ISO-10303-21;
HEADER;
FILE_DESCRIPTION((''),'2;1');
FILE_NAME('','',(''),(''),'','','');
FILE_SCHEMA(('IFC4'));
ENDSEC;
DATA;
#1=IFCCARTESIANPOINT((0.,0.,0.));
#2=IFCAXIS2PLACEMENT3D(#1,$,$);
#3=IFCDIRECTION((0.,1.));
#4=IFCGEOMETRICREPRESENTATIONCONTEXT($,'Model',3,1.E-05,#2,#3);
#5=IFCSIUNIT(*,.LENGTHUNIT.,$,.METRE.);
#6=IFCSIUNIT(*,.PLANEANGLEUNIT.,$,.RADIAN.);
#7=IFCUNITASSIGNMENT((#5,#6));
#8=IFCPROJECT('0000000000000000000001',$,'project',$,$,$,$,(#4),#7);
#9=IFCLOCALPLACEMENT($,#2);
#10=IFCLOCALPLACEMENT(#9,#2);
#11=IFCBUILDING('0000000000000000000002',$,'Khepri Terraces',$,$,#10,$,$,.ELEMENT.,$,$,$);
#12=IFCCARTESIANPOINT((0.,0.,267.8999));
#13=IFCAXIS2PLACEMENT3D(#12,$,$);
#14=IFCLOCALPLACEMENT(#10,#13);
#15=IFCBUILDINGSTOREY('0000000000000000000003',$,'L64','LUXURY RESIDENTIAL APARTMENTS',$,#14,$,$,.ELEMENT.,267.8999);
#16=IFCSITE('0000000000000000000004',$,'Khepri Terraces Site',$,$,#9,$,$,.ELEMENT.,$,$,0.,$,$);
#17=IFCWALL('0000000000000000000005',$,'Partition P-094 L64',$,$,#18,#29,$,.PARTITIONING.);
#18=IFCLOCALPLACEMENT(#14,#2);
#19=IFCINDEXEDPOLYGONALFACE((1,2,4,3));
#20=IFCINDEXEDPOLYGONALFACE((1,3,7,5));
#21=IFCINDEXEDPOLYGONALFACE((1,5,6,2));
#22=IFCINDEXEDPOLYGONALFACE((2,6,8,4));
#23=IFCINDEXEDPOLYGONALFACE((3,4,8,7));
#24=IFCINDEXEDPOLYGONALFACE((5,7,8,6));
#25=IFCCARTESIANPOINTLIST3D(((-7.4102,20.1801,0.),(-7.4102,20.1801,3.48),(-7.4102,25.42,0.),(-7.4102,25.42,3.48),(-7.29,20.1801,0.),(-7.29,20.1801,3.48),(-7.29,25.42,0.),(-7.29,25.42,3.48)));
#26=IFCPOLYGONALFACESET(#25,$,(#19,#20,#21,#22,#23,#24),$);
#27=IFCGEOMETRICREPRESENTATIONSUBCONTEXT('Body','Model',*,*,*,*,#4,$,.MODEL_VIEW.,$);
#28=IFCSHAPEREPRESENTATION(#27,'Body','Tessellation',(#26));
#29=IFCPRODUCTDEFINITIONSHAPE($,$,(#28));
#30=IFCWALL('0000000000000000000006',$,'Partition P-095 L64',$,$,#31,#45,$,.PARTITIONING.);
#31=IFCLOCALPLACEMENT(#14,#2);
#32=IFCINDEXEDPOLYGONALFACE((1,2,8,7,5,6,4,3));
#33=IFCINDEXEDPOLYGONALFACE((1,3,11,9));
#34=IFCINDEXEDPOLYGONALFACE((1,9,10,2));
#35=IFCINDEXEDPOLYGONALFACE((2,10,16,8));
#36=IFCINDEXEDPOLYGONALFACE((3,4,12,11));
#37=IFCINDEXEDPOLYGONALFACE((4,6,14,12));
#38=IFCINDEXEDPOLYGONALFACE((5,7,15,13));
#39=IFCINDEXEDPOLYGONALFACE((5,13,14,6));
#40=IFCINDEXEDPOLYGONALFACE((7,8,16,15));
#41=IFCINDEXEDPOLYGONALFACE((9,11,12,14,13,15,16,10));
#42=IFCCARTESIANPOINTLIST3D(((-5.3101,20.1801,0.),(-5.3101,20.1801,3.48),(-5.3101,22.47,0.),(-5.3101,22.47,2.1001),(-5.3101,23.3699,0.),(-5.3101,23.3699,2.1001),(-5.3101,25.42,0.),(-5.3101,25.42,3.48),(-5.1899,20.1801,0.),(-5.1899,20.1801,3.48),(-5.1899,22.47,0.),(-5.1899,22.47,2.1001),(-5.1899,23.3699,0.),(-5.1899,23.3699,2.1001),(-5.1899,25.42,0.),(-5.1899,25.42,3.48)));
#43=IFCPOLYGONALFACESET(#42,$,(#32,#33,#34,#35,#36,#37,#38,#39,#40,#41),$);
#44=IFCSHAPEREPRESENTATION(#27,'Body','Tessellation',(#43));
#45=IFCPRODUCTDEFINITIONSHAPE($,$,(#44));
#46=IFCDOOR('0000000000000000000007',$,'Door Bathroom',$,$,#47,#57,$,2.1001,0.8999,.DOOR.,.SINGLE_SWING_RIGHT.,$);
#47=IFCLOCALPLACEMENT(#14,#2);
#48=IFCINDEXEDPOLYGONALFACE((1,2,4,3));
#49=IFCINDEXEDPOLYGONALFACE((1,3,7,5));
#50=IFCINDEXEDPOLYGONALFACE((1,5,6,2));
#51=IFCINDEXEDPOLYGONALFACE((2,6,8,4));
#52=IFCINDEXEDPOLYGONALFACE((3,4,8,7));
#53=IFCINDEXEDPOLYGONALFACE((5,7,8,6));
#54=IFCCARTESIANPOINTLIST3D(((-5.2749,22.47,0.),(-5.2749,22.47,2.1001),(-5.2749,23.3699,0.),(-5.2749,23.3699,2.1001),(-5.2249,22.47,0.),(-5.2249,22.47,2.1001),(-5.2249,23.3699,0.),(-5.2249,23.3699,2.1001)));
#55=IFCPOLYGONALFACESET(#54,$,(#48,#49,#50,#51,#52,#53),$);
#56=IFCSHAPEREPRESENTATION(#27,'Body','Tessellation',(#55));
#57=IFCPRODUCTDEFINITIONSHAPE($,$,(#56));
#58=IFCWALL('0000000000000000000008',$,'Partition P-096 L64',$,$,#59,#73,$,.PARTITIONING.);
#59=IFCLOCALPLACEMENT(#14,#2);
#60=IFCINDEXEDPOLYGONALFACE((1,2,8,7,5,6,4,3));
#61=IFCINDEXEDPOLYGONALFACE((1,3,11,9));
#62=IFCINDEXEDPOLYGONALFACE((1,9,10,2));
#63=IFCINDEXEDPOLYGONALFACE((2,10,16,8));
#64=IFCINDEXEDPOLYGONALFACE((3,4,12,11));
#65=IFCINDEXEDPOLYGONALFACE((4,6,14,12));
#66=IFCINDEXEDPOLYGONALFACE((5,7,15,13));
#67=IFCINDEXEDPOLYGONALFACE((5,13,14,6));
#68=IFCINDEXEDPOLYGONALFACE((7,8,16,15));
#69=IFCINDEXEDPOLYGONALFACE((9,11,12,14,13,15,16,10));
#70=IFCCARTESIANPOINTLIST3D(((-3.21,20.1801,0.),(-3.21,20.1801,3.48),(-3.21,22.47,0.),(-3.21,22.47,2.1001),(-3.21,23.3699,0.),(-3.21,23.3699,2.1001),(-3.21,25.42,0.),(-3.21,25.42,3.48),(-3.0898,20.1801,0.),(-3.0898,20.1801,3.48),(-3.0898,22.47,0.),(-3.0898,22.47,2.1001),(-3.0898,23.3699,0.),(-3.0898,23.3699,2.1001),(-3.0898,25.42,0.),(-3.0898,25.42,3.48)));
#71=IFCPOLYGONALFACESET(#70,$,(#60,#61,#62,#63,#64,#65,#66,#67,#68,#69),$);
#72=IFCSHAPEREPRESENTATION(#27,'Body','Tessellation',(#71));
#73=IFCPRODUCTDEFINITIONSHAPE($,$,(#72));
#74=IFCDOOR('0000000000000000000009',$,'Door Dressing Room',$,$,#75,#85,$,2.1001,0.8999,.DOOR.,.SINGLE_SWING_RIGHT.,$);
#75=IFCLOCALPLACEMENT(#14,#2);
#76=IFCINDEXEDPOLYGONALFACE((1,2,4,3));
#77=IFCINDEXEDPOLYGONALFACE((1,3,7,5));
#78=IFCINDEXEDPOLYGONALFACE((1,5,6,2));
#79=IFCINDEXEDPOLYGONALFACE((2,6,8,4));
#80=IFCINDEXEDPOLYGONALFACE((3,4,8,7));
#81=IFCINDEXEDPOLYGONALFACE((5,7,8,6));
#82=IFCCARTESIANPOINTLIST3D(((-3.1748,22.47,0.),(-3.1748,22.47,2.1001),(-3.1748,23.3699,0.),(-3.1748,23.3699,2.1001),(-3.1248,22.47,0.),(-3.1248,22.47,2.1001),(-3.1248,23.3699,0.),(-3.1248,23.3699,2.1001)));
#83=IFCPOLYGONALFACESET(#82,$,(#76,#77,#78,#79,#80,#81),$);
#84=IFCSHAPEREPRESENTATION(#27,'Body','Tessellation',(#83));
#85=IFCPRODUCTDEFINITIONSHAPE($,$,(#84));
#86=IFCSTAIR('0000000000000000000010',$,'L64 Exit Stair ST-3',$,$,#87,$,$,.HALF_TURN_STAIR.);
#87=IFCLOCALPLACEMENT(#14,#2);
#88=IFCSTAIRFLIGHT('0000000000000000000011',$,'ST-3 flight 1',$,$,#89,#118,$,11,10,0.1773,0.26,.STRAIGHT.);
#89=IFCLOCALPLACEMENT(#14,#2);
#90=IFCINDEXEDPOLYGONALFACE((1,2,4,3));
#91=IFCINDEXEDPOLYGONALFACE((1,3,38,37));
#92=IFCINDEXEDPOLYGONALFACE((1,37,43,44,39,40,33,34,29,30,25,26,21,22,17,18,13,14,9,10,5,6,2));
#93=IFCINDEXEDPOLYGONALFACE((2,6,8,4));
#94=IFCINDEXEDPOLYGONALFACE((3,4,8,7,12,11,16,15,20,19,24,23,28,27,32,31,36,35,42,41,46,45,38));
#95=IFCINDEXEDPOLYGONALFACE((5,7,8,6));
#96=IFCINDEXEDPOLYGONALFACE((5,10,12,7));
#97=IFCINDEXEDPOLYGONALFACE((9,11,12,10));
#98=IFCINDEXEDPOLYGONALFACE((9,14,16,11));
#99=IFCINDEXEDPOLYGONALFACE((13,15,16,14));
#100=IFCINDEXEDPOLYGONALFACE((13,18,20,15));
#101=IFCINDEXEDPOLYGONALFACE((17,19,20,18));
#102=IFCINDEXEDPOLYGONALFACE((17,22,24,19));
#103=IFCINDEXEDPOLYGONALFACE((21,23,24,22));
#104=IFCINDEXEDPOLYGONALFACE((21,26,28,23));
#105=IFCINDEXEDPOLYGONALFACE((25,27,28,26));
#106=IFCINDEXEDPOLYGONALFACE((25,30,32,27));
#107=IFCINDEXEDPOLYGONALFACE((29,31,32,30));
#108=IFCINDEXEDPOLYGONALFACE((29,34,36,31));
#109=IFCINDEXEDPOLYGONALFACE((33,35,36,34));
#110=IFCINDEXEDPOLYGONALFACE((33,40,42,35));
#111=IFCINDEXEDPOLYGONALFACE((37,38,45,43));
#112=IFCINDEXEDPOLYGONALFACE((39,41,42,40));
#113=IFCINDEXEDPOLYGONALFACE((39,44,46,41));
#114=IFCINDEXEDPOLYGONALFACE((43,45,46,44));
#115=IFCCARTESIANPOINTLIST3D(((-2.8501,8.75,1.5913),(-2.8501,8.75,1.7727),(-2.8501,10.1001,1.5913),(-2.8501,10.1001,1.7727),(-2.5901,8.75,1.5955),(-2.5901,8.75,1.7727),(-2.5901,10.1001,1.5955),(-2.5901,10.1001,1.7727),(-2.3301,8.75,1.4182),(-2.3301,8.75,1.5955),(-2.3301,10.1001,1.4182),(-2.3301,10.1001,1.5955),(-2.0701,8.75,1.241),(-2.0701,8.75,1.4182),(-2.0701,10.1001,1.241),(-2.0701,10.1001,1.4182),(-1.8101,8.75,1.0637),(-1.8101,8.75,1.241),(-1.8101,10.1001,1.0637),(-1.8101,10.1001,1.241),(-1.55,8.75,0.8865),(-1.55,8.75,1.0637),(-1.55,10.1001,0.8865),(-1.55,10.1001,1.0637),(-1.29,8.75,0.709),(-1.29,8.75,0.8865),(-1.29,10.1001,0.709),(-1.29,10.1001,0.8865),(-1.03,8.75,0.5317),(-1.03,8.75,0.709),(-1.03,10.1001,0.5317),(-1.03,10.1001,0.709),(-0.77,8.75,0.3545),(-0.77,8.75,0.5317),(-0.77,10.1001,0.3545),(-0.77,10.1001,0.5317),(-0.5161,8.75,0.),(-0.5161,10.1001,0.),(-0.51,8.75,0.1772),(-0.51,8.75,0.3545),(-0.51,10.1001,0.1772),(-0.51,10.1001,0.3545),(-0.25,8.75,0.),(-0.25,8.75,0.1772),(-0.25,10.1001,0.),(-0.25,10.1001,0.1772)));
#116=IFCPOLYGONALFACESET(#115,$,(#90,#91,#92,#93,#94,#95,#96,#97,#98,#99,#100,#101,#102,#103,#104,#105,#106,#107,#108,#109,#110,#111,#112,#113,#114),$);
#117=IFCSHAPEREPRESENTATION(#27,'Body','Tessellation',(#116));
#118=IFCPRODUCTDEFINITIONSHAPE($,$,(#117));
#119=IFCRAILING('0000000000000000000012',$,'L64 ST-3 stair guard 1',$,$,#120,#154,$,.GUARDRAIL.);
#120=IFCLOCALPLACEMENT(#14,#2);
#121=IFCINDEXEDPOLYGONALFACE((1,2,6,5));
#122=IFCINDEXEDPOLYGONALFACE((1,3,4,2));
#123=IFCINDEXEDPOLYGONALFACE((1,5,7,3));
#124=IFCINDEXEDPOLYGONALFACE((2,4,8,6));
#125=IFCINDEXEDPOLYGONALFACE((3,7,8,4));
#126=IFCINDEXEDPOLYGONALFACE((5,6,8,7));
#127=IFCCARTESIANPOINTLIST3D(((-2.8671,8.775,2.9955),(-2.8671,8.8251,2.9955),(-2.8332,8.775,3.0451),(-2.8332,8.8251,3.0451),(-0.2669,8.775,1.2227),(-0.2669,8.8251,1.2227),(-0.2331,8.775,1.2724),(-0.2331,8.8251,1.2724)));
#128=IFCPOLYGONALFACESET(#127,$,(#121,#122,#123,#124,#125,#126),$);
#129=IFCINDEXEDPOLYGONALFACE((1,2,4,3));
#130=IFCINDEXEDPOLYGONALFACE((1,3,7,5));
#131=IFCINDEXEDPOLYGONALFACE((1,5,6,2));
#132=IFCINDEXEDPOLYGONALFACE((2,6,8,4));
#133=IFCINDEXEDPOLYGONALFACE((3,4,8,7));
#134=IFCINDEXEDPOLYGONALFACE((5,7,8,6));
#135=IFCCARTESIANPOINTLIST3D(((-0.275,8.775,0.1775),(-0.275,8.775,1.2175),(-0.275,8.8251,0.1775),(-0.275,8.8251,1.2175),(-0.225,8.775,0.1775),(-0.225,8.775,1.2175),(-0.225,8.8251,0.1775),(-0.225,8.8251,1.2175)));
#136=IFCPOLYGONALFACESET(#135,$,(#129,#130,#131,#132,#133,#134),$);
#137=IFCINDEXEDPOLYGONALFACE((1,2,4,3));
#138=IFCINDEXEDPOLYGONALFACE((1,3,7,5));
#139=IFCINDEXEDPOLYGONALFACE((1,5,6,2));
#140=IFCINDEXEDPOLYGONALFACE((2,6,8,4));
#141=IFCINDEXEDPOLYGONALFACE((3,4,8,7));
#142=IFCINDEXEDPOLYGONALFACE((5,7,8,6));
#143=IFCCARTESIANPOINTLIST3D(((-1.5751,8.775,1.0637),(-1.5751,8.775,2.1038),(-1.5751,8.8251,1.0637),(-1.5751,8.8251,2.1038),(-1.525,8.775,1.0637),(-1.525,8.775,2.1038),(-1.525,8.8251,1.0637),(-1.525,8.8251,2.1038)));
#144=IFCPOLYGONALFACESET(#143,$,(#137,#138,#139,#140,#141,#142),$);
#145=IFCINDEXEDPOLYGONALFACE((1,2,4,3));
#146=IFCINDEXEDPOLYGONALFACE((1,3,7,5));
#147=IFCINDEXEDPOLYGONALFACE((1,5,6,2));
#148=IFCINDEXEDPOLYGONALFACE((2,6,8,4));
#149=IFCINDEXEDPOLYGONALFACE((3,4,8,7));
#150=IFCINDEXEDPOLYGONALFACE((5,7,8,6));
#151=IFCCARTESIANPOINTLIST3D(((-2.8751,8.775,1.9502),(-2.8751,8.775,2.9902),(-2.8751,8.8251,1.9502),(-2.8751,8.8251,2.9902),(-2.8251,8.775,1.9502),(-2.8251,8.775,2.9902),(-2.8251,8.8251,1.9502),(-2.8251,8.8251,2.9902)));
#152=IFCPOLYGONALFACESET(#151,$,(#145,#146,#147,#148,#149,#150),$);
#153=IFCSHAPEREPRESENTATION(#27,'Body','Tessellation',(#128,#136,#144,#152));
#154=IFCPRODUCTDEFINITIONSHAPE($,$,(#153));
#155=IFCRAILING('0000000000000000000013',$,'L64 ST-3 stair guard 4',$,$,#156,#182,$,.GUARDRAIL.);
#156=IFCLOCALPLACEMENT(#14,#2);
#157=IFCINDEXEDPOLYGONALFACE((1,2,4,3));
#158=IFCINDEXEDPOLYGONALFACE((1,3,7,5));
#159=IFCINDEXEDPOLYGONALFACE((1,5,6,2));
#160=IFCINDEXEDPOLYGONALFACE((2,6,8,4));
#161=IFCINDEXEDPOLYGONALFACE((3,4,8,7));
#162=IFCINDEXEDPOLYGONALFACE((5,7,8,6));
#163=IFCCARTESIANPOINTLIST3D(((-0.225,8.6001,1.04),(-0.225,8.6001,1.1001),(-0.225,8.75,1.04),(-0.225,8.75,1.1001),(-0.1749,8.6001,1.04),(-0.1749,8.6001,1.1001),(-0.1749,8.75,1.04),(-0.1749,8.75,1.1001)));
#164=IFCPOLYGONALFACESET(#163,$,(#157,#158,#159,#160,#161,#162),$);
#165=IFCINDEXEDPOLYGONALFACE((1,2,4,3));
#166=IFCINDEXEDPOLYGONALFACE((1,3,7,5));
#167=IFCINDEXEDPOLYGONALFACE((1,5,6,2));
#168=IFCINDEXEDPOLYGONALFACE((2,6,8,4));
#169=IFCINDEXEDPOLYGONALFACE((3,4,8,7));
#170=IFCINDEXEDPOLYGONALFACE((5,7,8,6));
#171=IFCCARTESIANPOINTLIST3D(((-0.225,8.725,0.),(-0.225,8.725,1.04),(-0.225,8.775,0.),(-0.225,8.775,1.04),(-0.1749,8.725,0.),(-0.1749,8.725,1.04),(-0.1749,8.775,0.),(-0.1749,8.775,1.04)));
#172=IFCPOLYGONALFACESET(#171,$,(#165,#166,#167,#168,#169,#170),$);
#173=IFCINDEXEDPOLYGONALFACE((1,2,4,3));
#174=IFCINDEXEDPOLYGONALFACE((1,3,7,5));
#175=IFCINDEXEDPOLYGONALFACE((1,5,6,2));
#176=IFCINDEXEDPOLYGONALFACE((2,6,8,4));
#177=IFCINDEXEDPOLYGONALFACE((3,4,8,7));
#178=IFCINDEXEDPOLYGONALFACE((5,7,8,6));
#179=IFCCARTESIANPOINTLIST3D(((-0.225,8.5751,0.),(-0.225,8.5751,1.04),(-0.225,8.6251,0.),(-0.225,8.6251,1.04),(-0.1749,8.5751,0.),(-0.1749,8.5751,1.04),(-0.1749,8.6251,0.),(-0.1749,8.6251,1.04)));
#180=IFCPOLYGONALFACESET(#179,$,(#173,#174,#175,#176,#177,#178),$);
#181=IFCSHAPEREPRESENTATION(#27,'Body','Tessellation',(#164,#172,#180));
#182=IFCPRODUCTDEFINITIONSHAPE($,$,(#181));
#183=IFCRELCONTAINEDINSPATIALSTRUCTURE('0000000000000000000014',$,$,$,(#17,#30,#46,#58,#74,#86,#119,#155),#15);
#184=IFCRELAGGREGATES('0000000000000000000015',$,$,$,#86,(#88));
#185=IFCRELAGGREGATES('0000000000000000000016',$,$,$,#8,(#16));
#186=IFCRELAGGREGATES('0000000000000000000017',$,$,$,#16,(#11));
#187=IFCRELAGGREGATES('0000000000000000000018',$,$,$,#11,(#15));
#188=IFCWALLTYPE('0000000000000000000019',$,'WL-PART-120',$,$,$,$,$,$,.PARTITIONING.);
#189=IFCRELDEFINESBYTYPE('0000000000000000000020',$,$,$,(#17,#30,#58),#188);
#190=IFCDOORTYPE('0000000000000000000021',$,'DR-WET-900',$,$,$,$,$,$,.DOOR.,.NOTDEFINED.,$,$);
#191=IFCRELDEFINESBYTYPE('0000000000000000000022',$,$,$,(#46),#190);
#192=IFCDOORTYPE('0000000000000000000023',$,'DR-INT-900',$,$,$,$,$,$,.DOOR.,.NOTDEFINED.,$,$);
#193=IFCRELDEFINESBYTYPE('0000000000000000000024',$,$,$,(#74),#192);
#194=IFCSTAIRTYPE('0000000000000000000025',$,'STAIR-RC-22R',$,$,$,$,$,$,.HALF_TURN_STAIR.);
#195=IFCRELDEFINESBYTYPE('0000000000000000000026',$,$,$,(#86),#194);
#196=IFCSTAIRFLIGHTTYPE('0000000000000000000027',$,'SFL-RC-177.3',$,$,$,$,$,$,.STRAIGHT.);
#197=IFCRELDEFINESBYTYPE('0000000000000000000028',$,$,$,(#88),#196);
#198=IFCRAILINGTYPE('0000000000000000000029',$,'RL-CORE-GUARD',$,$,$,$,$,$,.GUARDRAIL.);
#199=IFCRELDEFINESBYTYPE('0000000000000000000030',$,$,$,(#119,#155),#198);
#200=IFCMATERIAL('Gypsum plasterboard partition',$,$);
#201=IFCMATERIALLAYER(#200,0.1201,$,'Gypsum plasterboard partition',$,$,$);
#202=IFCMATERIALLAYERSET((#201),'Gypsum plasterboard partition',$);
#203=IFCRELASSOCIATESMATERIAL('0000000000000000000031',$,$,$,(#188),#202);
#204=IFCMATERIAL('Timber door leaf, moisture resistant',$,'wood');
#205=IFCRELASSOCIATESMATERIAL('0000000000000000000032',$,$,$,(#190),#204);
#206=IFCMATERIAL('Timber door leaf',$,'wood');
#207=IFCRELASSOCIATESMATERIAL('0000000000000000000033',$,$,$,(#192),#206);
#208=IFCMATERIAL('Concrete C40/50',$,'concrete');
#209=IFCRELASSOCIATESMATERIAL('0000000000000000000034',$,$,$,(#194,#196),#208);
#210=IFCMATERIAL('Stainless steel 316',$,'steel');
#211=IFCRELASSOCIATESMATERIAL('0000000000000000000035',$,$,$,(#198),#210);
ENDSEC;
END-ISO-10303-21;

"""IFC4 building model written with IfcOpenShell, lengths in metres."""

from ifc_helpers import new_model, si_unit, direction, frame, frame_2d, origin, origin_2d, place, context, subcontext, project, spatial, polyline, rectangle, outline, extrude, material, layer, layer_set, type_object, element, fill, aggregate, save


model = new_model("IFC4")

# Units and contexts
model_context = context("Model", 3, precision=1e-05, world=origin(), true_north=direction((0.0, 1.0)))
body_context = subcontext(model_context, "Body", "Model", "MODEL_VIEW")
ifc_project = project(units=[si_unit("LENGTHUNIT", "METRE"), si_unit("PLANEANGLEUNIT", "RADIAN")], contexts=[model_context])

# Site, building, storey
site_placement = place(None, origin())
site = spatial("IfcSite", under=ifc_project, at=site_placement, Name="Khepri Terraces Site", CompositionType="ELEMENT", RefElevation=0.0)
building_placement = place(site_placement, origin())
building = spatial("IfcBuilding", under=site, at=building_placement, Name="Khepri Terraces", CompositionType="ELEMENT")
storey_placement = place(building_placement, frame((0.0, 0.0, 267.8999)))
storey = spatial("IfcBuildingStorey", under=building, at=storey_placement, Name="L64", Description="LUXURY RESIDENTIAL APARTMENTS", CompositionType="ELEMENT", Elevation=267.8999)

# Shared definitions
ifc_material_1 = material(Name="Concrete C40/50", Category="concrete")

# Wall
ifc_material_2 = material(Name="Gypsum plasterboard partition")
ifc_layer_1 = layer(ifc_material_2, 0.1201, Name="Gypsum plasterboard partition")
ifc_layer_set_1 = layer_set([ifc_layer_1], Name="Gypsum plasterboard partition")
wall_type_1 = type_object("IfcWallType", Name="WL-PART-120", PredefinedType="PARTITIONING", material=ifc_layer_set_1)
wall_1_placement = place(storey_placement, frame((-7.3501, 20.1799, 0.0), z_axis=(0.0, 0.0, 1.0), x_axis=(0.0, 1.0, 0.0)))
element("IfcWall", 1, at=wall_1_placement, inside=storey, type_object=wall_type_1, Name="Partition P-094 L64", PredefinedType="PARTITIONING", context=body_context, shape_type="SweptSolid", body=[
    extrude(rectangle(XDim=5.24, YDim=0.1201, at=frame_2d((2.6201, 0.0))), origin(), (0.0, 0.0, 1.0), 3.48),
])

# Walls, openings, doors
wall_2_placement = place(storey_placement, frame((-5.25, 20.1799, 0.0), z_axis=(0.0, 0.0, 1.0), x_axis=(0.0, 1.0, 0.0)))
wall_2 = element("IfcWall", 2, at=wall_2_placement, inside=storey, type_object=wall_type_1, Name="Partition P-095 L64", PredefinedType="PARTITIONING", context=body_context, shape_type="SweptSolid", body=[
    extrude(rectangle(XDim=5.24, YDim=0.1201, at=frame_2d((2.6201, 0.0))), origin(), (0.0, 0.0, 1.0), 3.48),
])
opening_1_placement = place(wall_2_placement, frame((2.29, 0.0, 0.0)))
opening_1 = element("IfcOpeningElement", 3, at=opening_1_placement, cuts=wall_2, PredefinedType="OPENING", context=body_context, shape_type="SweptSolid", body=[
    extrude(rectangle(XDim=0.8999, YDim=2.1001, at=frame_2d((0.45, 1.05))), frame((0.0, 0.0701, 0.0), z_axis=(0.0, -1.0, 0.0), x_axis=(1.0, 0.0, 0.0)), (0.0, 0.0, 1.0), 0.1401),
])
ifc_material_3 = material(Name="Timber door leaf, moisture resistant", Category="wood")
door_type_1 = type_object("IfcDoorType", Name="DR-WET-900", OperationType="NOTDEFINED", PredefinedType="DOOR", material=ifc_material_3)
door_1_placement = place(opening_1_placement, origin())
door_1 = element("IfcDoor", 4, at=door_1_placement, inside=storey, type_object=door_type_1, Name="Door Bathroom", OperationType="SINGLE_SWING_RIGHT", OverallHeight=2.1001, OverallWidth=0.8999, PredefinedType="DOOR", context=body_context, shape_type="SweptSolid", body=[
    extrude(rectangle(XDim=0.8999, YDim=2.1001, at=frame_2d((0.45, 1.05))), frame((0.0, 0.0249, 0.0), z_axis=(0.0, -1.0, 0.0), x_axis=(1.0, 0.0, 0.0)), (0.0, 0.0, 1.0), 0.05),
])
fill(opening_1, door_1)
wall_3_placement = place(storey_placement, frame((-3.1499, 20.1799, 0.0), z_axis=(0.0, 0.0, 1.0), x_axis=(0.0, 1.0, 0.0)))
wall_3 = element("IfcWall", 5, at=wall_3_placement, inside=storey, type_object=wall_type_1, Name="Partition P-096 L64", PredefinedType="PARTITIONING", context=body_context, shape_type="SweptSolid", body=[
    extrude(rectangle(XDim=5.24, YDim=0.1201, at=frame_2d((2.6201, 0.0))), origin(), (0.0, 0.0, 1.0), 3.48),
])
opening_2_placement = place(wall_3_placement, frame((2.29, 0.0, 0.0)))
opening_2 = element("IfcOpeningElement", 6, at=opening_2_placement, cuts=wall_3, PredefinedType="OPENING", context=body_context, shape_type="SweptSolid", body=[
    extrude(rectangle(XDim=0.8999, YDim=2.1001, at=frame_2d((0.45, 1.05))), frame((0.0, 0.0701, 0.0), z_axis=(0.0, -1.0, 0.0), x_axis=(1.0, 0.0, 0.0)), (0.0, 0.0, 1.0), 0.1401),
])
ifc_material_4 = material(Name="Timber door leaf", Category="wood")
door_type_2 = type_object("IfcDoorType", Name="DR-INT-900", OperationType="NOTDEFINED", PredefinedType="DOOR", material=ifc_material_4)
door_2_placement = place(opening_2_placement, origin())
door_2 = element("IfcDoor", 7, at=door_2_placement, inside=storey, type_object=door_type_2, Name="Door Dressing Room", OperationType="SINGLE_SWING_RIGHT", OverallHeight=2.1001, OverallWidth=0.8999, PredefinedType="DOOR", context=body_context, shape_type="SweptSolid", body=[
    extrude(rectangle(XDim=0.8999, YDim=2.1001, at=frame_2d((0.45, 1.05))), frame((0.0, 0.0249, 0.0), z_axis=(0.0, -1.0, 0.0), x_axis=(1.0, 0.0, 0.0)), (0.0, 0.0, 1.0), 0.05),
])
fill(opening_2, door_2)

# Stair, stair flight
stair_type = type_object("IfcStairType", Name="STAIR-RC-22R", PredefinedType="HALF_TURN_STAIR", material=ifc_material_1)
stair_placement = place(storey_placement, origin())
stair = element("IfcStair", 8, at=stair_placement, inside=storey, type_object=stair_type, Name="L64 Exit Stair ST-3", PredefinedType="HALF_TURN_STAIR")
stair_flight_type = type_object("IfcStairFlightType", Name="SFL-RC-177.3", PredefinedType="STRAIGHT", material=ifc_material_1)
stair_flight_placement = place(storey_placement, frame((-0.25, 9.425, 0.0), z_axis=(0.0, 0.0, 1.0), x_axis=(-1.0, 0.0, 0.0)))
stair_flight = element("IfcStairFlight", 9, at=stair_flight_placement, type_object=stair_flight_type, Name="ST-3 flight 1", NumberOfRisers=11, NumberOfTreads=10, PredefinedType="STRAIGHT", RiserHeight=0.1773, TreadLength=0.26, context=body_context, shape_type="SweptSolid", body=[
    extrude(outline(polyline([(0.0, 0.0), (0.0, 0.1772), (0.26, 0.1772), (0.26, 0.3545), (0.52, 0.3545), (0.52, 0.5317), (0.78, 0.5317), (0.78, 0.709), (1.04, 0.709), (1.04, 0.8865), (1.3, 0.8865), (1.3, 1.0637), (1.5601, 1.0637), (1.5601, 1.241), (1.8201, 1.241), (1.8201, 1.4182), (2.0801, 1.4182), (2.0801, 1.5955), (2.3401, 1.5955), (2.3401, 1.7727), (2.6001, 1.7727), (2.6001, 1.95), (2.6001, 1.5913), (0.2661, 0.0), (0.0, 0.0)])), frame((0.0, 0.675, 0.0), z_axis=(0.0, -1.0, 0.0), x_axis=(1.0, 0.0, 0.0)), (0.0, 0.0, 1.0), 1.3501),
])
aggregate(stair, [stair_flight])

# Railings
ifc_material_5 = material(Name="Stainless steel 316", Category="steel")
railing_type_1 = type_object("IfcRailingType", Name="RL-CORE-GUARD", PredefinedType="GUARDRAIL", material=ifc_material_5)
railing_1_placement = place(storey_placement, frame((-0.25, 8.8, 0.1775)))
element("IfcRailing", 10, at=railing_1_placement, inside=storey, type_object=railing_type_1, Name="L64 ST-3 stair guard 1", PredefinedType="GUARDRAIL", context=body_context, shape_type="SweptSolid", body=[
    extrude(rectangle(XDim=0.05, YDim=0.0601, at=origin_2d()), frame((0.0, 0.0, 1.0701), z_axis=(-0.82624, 0.0, 0.563318), x_axis=(0.0, -1.0, 0.0)), (0.0, 0.0, 1.0), 3.147),
    extrude(rectangle(XDim=0.05, YDim=0.05, at=origin_2d()), origin(), (0.0, 0.0, 1.0), 1.04),
    extrude(rectangle(XDim=0.05, YDim=0.05, at=origin_2d()), frame((-1.3, 0.0, 0.8862)), (0.0, 0.0, 1.0), 1.04),
    extrude(rectangle(XDim=0.05, YDim=0.05, at=origin_2d()), frame((-2.6001, 0.0, 1.7727)), (0.0, 0.0, 1.0), 1.04),
])
railing_2_placement = place(storey_placement, frame((-0.2, 8.75, 0.0)))
element("IfcRailing", 11, at=railing_2_placement, inside=storey, type_object=railing_type_1, Name="L64 ST-3 stair guard 4", PredefinedType="GUARDRAIL", context=body_context, shape_type="SweptSolid", body=[
    extrude(rectangle(XDim=0.05, YDim=0.0601, at=origin_2d()), frame((0.0, 0.0, 1.0701), z_axis=(0.0, -1.0, 0.0), x_axis=(1.0, 0.0, 0.0)), (0.0, 0.0, 1.0), 0.1499),
    extrude(rectangle(XDim=0.05, YDim=0.05, at=origin_2d()), origin(), (0.0, 0.0, 1.0), 1.04),
    extrude(rectangle(XDim=0.05, YDim=0.05, at=origin_2d()), frame((0.0, -0.1499, 0.0)), (0.0, 0.0, 1.0), 1.04),
])

save(model, "model.ifc")
